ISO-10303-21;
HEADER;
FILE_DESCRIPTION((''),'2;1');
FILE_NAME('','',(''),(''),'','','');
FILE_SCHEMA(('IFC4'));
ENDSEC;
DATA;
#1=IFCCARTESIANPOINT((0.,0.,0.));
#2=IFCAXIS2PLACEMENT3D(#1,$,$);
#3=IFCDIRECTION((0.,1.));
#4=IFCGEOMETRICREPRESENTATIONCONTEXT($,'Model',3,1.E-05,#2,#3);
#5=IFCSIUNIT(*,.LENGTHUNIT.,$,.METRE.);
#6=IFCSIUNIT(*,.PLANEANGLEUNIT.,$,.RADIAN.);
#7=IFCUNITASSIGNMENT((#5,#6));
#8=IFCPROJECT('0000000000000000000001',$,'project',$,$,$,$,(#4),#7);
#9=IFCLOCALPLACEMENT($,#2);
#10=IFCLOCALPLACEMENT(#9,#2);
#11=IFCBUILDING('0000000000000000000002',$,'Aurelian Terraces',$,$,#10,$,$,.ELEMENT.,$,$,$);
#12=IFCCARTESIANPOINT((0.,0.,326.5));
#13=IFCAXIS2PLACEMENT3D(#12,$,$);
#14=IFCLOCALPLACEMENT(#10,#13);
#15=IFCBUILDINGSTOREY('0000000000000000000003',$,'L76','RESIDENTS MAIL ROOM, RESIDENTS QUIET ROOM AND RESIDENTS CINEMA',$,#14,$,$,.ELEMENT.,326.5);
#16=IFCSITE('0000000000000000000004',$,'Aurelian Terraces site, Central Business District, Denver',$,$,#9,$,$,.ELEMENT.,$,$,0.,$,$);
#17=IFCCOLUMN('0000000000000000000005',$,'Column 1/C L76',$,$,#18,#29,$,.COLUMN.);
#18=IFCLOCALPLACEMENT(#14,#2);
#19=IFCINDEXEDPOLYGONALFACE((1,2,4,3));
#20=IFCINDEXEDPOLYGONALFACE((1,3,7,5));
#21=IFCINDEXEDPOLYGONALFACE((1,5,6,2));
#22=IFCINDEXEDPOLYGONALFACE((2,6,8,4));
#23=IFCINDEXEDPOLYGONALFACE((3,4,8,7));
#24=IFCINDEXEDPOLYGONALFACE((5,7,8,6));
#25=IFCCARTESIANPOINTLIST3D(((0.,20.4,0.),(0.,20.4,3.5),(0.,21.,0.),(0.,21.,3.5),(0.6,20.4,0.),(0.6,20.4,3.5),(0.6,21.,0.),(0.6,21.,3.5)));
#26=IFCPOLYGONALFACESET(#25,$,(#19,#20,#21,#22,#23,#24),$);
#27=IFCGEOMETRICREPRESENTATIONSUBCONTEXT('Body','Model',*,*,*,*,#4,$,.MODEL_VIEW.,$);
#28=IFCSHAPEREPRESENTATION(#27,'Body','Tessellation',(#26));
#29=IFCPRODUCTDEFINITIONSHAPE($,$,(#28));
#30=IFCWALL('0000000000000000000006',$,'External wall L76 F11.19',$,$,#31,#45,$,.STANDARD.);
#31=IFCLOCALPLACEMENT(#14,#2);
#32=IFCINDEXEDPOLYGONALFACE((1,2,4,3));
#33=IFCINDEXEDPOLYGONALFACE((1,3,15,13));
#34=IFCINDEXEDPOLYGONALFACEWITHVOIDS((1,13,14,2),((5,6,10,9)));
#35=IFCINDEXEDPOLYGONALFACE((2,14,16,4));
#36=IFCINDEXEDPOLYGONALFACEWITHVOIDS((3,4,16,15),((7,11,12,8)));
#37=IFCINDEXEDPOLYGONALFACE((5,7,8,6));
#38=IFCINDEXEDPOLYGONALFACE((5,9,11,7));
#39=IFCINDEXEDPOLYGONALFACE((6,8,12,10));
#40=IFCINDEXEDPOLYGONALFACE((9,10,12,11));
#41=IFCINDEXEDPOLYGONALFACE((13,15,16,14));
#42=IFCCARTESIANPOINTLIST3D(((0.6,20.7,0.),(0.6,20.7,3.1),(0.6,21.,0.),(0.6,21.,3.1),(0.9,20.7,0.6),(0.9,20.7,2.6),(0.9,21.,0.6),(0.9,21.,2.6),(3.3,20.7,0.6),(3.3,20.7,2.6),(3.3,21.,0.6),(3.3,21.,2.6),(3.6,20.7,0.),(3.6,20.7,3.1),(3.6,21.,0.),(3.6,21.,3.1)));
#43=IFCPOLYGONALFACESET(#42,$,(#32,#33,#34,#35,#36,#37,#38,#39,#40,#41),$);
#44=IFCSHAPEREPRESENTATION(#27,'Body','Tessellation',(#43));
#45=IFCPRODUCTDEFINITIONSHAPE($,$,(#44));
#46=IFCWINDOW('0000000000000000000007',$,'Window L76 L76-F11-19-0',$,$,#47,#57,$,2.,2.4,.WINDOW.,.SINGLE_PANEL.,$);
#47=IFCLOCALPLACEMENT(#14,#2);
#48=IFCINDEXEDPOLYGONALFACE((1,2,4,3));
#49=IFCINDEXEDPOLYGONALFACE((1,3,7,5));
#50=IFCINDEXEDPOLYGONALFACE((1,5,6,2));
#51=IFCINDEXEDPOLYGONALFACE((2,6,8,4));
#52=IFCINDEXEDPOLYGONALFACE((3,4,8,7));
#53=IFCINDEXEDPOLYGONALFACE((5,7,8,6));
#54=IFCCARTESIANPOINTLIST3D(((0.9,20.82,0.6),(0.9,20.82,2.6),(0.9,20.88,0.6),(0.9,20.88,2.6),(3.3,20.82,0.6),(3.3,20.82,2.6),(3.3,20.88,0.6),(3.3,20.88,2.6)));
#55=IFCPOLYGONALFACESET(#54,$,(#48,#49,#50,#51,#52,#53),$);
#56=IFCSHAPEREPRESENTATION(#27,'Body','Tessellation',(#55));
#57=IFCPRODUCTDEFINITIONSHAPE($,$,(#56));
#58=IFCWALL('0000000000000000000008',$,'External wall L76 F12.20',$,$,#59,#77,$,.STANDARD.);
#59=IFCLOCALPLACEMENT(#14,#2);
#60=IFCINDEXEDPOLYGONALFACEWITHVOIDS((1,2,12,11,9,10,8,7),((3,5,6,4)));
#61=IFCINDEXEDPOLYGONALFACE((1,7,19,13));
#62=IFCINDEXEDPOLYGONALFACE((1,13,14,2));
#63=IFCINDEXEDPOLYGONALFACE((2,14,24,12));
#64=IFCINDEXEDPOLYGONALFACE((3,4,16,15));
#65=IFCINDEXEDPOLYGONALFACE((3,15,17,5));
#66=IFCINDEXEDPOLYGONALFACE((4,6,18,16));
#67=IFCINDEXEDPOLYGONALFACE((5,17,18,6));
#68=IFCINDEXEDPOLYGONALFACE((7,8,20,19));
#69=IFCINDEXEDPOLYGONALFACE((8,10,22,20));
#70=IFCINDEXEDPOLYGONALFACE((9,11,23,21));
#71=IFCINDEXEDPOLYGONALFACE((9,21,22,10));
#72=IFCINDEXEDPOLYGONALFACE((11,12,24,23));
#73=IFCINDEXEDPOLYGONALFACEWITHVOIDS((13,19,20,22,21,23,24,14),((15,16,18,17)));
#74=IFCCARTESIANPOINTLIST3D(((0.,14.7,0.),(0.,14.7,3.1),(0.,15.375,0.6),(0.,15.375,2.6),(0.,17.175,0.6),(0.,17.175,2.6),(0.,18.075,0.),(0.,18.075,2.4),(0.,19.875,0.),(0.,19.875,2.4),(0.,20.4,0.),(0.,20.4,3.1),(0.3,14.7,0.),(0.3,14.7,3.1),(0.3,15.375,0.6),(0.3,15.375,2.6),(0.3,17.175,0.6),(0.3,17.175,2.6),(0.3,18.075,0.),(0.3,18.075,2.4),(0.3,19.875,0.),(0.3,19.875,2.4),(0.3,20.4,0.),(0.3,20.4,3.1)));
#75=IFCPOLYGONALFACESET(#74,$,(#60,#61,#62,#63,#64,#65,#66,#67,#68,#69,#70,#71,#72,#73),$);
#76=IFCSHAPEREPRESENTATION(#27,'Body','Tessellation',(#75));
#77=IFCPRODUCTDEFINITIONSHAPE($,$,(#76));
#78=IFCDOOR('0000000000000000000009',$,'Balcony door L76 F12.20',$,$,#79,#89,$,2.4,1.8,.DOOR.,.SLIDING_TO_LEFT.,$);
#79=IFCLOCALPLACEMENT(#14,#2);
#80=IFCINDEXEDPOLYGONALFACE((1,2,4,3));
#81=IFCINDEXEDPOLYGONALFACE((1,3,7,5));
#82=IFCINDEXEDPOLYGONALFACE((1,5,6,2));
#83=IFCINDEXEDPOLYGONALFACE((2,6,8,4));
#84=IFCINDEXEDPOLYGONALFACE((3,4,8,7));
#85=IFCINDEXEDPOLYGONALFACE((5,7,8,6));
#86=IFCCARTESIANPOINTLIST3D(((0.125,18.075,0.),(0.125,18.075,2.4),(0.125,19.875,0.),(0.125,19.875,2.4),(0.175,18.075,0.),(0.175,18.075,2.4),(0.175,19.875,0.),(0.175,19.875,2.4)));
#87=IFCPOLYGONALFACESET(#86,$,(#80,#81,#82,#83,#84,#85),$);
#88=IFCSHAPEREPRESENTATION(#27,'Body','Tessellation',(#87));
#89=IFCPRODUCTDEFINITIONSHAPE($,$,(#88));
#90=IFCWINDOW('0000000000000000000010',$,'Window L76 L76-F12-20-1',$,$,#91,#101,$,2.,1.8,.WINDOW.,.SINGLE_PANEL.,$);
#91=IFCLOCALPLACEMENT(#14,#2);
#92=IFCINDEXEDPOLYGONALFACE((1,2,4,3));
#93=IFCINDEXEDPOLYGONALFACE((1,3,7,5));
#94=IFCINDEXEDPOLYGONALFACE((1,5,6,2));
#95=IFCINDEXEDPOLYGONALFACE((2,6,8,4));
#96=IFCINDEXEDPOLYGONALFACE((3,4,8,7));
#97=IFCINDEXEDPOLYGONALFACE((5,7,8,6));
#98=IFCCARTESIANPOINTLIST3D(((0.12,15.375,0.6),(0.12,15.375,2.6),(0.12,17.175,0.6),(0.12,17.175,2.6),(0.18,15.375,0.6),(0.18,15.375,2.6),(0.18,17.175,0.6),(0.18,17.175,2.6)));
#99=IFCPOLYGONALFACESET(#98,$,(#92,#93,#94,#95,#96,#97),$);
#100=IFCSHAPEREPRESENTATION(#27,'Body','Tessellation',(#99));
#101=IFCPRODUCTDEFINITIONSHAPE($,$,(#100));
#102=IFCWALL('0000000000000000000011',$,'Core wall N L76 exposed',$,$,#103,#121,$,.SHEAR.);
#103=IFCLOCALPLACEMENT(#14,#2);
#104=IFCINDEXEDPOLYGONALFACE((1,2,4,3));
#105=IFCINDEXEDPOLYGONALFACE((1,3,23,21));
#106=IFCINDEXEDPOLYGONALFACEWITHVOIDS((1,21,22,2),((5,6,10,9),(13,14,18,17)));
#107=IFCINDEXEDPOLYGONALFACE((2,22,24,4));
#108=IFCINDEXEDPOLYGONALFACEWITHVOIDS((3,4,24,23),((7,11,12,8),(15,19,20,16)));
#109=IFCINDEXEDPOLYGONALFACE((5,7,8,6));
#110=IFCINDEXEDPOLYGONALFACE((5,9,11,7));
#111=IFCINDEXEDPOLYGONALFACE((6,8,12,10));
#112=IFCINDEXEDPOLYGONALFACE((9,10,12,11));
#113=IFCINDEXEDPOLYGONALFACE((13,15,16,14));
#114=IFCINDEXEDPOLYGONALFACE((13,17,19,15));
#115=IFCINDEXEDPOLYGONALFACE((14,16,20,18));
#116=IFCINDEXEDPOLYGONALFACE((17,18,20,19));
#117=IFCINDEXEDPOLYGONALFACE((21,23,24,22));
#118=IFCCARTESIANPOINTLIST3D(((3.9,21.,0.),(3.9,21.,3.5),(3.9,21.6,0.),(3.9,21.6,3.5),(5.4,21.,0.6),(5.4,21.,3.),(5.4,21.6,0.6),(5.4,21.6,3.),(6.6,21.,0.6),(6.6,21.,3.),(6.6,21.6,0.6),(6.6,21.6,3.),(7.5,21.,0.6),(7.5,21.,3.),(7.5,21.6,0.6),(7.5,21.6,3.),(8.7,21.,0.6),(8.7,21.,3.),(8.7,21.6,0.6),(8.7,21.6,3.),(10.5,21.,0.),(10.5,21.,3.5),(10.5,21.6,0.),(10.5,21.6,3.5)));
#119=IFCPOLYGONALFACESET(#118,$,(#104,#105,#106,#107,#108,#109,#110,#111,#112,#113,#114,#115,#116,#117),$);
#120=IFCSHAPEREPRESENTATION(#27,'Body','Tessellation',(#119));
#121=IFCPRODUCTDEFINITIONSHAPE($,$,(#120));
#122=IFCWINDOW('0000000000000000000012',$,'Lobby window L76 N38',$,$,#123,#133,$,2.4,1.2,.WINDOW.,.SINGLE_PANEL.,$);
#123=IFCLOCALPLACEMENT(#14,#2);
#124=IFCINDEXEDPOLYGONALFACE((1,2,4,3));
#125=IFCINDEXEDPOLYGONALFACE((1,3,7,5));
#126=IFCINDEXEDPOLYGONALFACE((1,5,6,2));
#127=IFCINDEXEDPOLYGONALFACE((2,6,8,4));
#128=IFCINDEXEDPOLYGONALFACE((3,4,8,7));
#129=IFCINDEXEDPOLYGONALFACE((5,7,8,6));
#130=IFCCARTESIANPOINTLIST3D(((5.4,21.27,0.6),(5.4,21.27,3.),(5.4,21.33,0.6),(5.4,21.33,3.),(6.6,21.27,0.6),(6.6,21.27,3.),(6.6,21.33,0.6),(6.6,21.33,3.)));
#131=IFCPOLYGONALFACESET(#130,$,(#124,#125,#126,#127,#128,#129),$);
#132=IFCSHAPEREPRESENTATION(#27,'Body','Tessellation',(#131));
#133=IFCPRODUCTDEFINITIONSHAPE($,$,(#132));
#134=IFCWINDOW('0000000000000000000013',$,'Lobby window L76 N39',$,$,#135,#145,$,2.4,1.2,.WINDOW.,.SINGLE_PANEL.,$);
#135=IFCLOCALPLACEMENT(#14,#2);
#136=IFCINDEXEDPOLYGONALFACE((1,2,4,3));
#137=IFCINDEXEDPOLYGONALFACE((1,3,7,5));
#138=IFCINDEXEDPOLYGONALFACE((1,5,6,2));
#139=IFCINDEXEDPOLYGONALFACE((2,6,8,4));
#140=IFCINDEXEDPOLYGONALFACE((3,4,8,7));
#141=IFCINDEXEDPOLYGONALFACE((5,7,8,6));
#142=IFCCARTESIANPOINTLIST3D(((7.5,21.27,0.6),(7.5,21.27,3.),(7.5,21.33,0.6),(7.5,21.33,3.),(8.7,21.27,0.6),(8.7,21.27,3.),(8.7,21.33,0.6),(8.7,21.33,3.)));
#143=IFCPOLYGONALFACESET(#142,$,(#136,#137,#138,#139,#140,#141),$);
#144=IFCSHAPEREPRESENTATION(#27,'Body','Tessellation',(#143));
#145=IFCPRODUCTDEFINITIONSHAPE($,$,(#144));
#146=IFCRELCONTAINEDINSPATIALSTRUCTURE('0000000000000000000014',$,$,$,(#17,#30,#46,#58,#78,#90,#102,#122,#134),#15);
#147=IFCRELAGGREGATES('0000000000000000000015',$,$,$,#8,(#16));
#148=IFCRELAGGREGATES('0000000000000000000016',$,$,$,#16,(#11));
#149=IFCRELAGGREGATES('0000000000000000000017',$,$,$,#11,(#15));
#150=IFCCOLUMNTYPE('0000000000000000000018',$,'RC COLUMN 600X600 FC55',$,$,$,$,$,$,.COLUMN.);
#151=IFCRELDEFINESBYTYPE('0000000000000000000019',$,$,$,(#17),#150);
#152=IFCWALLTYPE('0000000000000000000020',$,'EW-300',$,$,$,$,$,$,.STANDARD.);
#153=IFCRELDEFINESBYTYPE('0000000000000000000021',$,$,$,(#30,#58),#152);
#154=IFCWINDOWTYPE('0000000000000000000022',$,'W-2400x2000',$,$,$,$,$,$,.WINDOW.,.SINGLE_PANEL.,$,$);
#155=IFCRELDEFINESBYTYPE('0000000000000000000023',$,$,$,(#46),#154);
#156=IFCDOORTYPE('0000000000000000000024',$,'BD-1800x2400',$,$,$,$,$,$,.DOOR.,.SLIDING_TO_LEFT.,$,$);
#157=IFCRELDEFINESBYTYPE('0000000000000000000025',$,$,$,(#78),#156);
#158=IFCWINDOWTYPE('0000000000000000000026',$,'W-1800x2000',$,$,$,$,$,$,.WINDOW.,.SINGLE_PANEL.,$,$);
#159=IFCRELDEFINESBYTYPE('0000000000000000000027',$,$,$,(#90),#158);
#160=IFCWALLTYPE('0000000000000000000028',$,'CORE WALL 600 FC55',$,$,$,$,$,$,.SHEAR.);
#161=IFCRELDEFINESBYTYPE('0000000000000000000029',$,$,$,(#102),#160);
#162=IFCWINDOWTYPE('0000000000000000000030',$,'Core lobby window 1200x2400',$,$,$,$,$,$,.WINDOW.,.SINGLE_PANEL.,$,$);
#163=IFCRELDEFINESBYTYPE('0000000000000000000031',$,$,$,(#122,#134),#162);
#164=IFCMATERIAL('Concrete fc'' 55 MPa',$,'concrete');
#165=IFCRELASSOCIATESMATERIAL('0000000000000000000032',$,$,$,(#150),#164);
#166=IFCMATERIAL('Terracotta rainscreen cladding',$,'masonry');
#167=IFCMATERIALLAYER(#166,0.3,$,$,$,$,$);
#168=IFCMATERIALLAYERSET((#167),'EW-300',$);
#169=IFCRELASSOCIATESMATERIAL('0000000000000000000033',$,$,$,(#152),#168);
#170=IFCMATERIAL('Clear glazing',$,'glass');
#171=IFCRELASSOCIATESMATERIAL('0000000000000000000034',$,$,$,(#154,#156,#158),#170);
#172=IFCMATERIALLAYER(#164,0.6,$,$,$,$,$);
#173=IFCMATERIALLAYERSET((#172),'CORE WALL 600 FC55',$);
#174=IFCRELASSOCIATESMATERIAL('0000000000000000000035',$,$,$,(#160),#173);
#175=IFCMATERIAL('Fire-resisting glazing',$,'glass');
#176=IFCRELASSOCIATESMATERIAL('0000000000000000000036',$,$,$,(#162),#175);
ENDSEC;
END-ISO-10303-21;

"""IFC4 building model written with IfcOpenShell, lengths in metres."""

from ifc_helpers import new_model, si_unit, direction, frame, frame_2d, origin, origin_2d, place, context, subcontext, project, spatial, rectangle, extrude, source, transform, mapped, material, layer, layer_set, material_profile, profile_set, type_object, element, fill, save


model = new_model("IFC4")

# Units and contexts
model_context = context("Model", 3, precision=1e-05, world=origin(), true_north=direction((0.0, 1.0)))
body_context = subcontext(model_context, "Body", "Model", "MODEL_VIEW")
ifc_project = project(units=[si_unit("LENGTHUNIT", "METRE"), si_unit("PLANEANGLEUNIT", "RADIAN")], contexts=[model_context])

# Site, building, storey
site_placement = place(None, origin())
site = spatial("IfcSite", under=ifc_project, at=site_placement, Name="Aurelian Terraces site, Central Business District, Denver", CompositionType="ELEMENT", RefElevation=0.0)
building_placement = place(site_placement, origin())
building = spatial("IfcBuilding", under=site, at=building_placement, Name="Aurelian Terraces", CompositionType="ELEMENT")
storey_placement = place(building_placement, frame((0.0, 0.0, 326.5)))
storey = spatial("IfcBuildingStorey", under=building, at=storey_placement, Name="L76", Description="RESIDENTS MAIL ROOM, RESIDENTS QUIET ROOM AND RESIDENTS CINEMA", CompositionType="ELEMENT", Elevation=326.5)

# Column
ifc_material_1 = material(Name="Concrete fc' 55 MPa", Category="concrete")
ifc_material_profile = material_profile(ifc_material_1, rectangle(XDim=0.6, YDim=0.6, at=origin_2d()))
ifc_profile_set = profile_set([ifc_material_profile], Name="Concrete fc' 55 MPa")
column_type = type_object("IfcColumnType", Name="RC COLUMN 600X600 FC55", PredefinedType="COLUMN", material=ifc_profile_set)
shared_shape_1 = source(origin(), body_context, "Body", "SweptSolid", [
    extrude(rectangle(XDim=0.6, YDim=0.6, at=origin_2d()), origin(), (0.0, 0.0, 1.0), 3.5),
])
column_placement = place(storey_placement, frame((0.3, 20.7, 0.0), z_axis=(0.0, 0.0, 1.0), x_axis=(1.0, 0.0, 0.0)))
element("IfcColumn", 1, at=column_placement, inside=storey, type_object=column_type, Name="Column 1/C L76", PredefinedType="COLUMN", context=body_context, shape_type="MappedRepresentation", body=[
    mapped(shared_shape_1, transform((0.0, 0.0, 0.0), scale=1.0)),
])

# Wall, opening, window
ifc_material_2 = material(Name="Terracotta rainscreen cladding", Category="masonry")
ifc_layer_1 = layer(ifc_material_2, 0.3)
ifc_layer_set_1 = layer_set([ifc_layer_1], Name="EW-300")
wall_type_1 = type_object("IfcWallType", Name="EW-300", PredefinedType="STANDARD", material=ifc_layer_set_1)
wall_1_placement = place(storey_placement, frame((3.6, 20.85, 0.0), z_axis=(0.0, 0.0, 1.0), x_axis=(-1.0, 0.0, 0.0)))
wall_1 = element("IfcWall", 2, at=wall_1_placement, inside=storey, type_object=wall_type_1, Name="External wall L76 F11.19", PredefinedType="STANDARD", context=body_context, shape_type="SweptSolid", body=[
    extrude(rectangle(XDim=3.0, YDim=0.3, at=frame_2d((1.5, 0.0))), origin(), (0.0, 0.0, 1.0), 3.1),
])
shared_shape_2 = source(origin(), body_context, "Body", "SweptSolid", [
    extrude(rectangle(XDim=2.4, YDim=2.0, at=frame_2d((1.2, 1.0))), frame((0.0, 0.16, 0.0), z_axis=(0.0, -1.0, 0.0), x_axis=(1.0, 0.0, 0.0)), (0.0, 0.0, 1.0), 0.32),
])
opening_1_placement = place(wall_1_placement, frame((0.3, 0.0, 0.6)))
opening_1 = element("IfcOpeningElement", 3, at=opening_1_placement, cuts=wall_1, PredefinedType="OPENING", context=body_context, shape_type="MappedRepresentation", body=[
    mapped(shared_shape_2, transform((0.0, 0.0, 0.0), scale=1.0)),
])
ifc_material_3 = material(Name="Clear glazing", Category="glass")
window_type_1 = type_object("IfcWindowType", Name="W-2400x2000", PartitioningType="SINGLE_PANEL", PredefinedType="WINDOW", material=ifc_material_3)
shared_shape_3 = source(origin(), body_context, "Body", "SweptSolid", [
    extrude(rectangle(XDim=2.4, YDim=2.0, at=frame_2d((1.2, 1.0))), frame((0.0, 0.03, 0.0), z_axis=(0.0, -1.0, 0.0), x_axis=(1.0, 0.0, 0.0)), (0.0, 0.0, 1.0), 0.06),
])
window_1_placement = place(opening_1_placement, origin())
window_1 = element("IfcWindow", 4, at=window_1_placement, inside=storey, type_object=window_type_1, Name="Window L76 L76-F11-19-0", OverallHeight=2.0, OverallWidth=2.4, PartitioningType="SINGLE_PANEL", PredefinedType="WINDOW", context=body_context, shape_type="MappedRepresentation", body=[
    mapped(shared_shape_3, transform((0.0, 0.0, 0.0), scale=1.0)),
])
fill(opening_1, window_1)

# Wall, openings, door, window
wall_2_placement = place(storey_placement, frame((0.15, 20.4, 0.0), z_axis=(0.0, 0.0, 1.0), x_axis=(0.0, -1.0, 0.0)))
wall_2 = element("IfcWall", 5, at=wall_2_placement, inside=storey, type_object=wall_type_1, Name="External wall L76 F12.20", PredefinedType="STANDARD", context=body_context, shape_type="SweptSolid", body=[
    extrude(rectangle(XDim=5.7, YDim=0.3, at=frame_2d((2.85, 0.0))), origin(), (0.0, 0.0, 1.0), 3.1),
])
shared_shape_4 = source(origin(), body_context, "Body", "SweptSolid", [
    extrude(rectangle(XDim=1.8, YDim=2.4, at=frame_2d((0.9, 1.2))), frame((0.0, 0.16, 0.0), z_axis=(0.0, -1.0, 0.0), x_axis=(1.0, 0.0, 0.0)), (0.0, 0.0, 1.0), 0.32),
])
opening_2_placement = place(wall_2_placement, frame((0.525, 0.0, 0.0)))
opening_2 = element("IfcOpeningElement", 6, at=opening_2_placement, cuts=wall_2, PredefinedType="OPENING", context=body_context, shape_type="MappedRepresentation", body=[
    mapped(shared_shape_4, transform((0.0, 0.0, 0.0), scale=1.0)),
])
shared_shape_5 = source(origin(), body_context, "Body", "SweptSolid", [
    extrude(rectangle(XDim=1.8, YDim=2.0, at=frame_2d((0.9, 1.0))), frame((0.0, 0.16, 0.0), z_axis=(0.0, -1.0, 0.0), x_axis=(1.0, 0.0, 0.0)), (0.0, 0.0, 1.0), 0.32),
])
opening_3_placement = place(wall_2_placement, frame((3.225, 0.0, 0.6)))
opening_3 = element("IfcOpeningElement", 7, at=opening_3_placement, cuts=wall_2, PredefinedType="OPENING", context=body_context, shape_type="MappedRepresentation", body=[
    mapped(shared_shape_5, transform((0.0, 0.0, 0.0), scale=1.0)),
])
door_type = type_object("IfcDoorType", Name="BD-1800x2400", OperationType="SLIDING_TO_LEFT", PredefinedType="DOOR", material=ifc_material_3)
shared_shape_6 = source(origin(), body_context, "Body", "SweptSolid", [
    extrude(rectangle(XDim=1.8, YDim=2.4, at=frame_2d((0.9, 1.2))), frame((0.0, 0.025, 0.0), z_axis=(0.0, -1.0, 0.0), x_axis=(1.0, 0.0, 0.0)), (0.0, 0.0, 1.0), 0.05),
])
door_placement = place(opening_2_placement, origin())
door = element("IfcDoor", 8, at=door_placement, inside=storey, type_object=door_type, Name="Balcony door L76 F12.20", OperationType="SLIDING_TO_LEFT", OverallHeight=2.4, OverallWidth=1.8, PredefinedType="DOOR", context=body_context, shape_type="MappedRepresentation", body=[
    mapped(shared_shape_6, transform((0.0, 0.0, 0.0), scale=1.0)),
])
fill(opening_2, door)
window_type_2 = type_object("IfcWindowType", Name="W-1800x2000", PartitioningType="SINGLE_PANEL", PredefinedType="WINDOW", material=ifc_material_3)
shared_shape_7 = source(origin(), body_context, "Body", "SweptSolid", [
    extrude(rectangle(XDim=1.8, YDim=2.0, at=frame_2d((0.9, 1.0))), frame((0.0, 0.03, 0.0), z_axis=(0.0, -1.0, 0.0), x_axis=(1.0, 0.0, 0.0)), (0.0, 0.0, 1.0), 0.06),
])
window_2_placement = place(opening_3_placement, origin())
window_2 = element("IfcWindow", 9, at=window_2_placement, inside=storey, type_object=window_type_2, Name="Window L76 L76-F12-20-1", OverallHeight=2.0, OverallWidth=1.8, PartitioningType="SINGLE_PANEL", PredefinedType="WINDOW", context=body_context, shape_type="MappedRepresentation", body=[
    mapped(shared_shape_7, transform((0.0, 0.0, 0.0), scale=1.0)),
])
fill(opening_3, window_2)

# Wall, openings, windows
ifc_layer_2 = layer(ifc_material_1, 0.6)
ifc_layer_set_2 = layer_set([ifc_layer_2], Name="CORE WALL 600 FC55")
wall_type_2 = type_object("IfcWallType", Name="CORE WALL 600 FC55", PredefinedType="SHEAR", material=ifc_layer_set_2)
shared_shape_8 = source(origin(), body_context, "Body", "SweptSolid", [
    extrude(rectangle(XDim=6.6, YDim=0.6, at=frame_2d((3.3, 0.0))), origin(), (0.0, 0.0, 1.0), 3.5),
])
wall_3_placement = place(storey_placement, frame((3.9, 21.3, 0.0), z_axis=(0.0, 0.0, 1.0), x_axis=(1.0, 0.0, 0.0)))
wall_3 = element("IfcWall", 10, at=wall_3_placement, inside=storey, type_object=wall_type_2, Name="Core wall N L76 exposed", PredefinedType="SHEAR", context=body_context, shape_type="MappedRepresentation", body=[
    mapped(shared_shape_8, transform((0.0, 0.0, 0.0), scale=1.0)),
])
shared_shape_9 = source(origin(), body_context, "Body", "SweptSolid", [
    extrude(rectangle(XDim=1.2, YDim=2.4, at=frame_2d((0.6, 1.2))), frame((0.0, 0.31, 0.0), z_axis=(0.0, -1.0, 0.0), x_axis=(1.0, 0.0, 0.0)), (0.0, 0.0, 1.0), 0.62),
])
opening_4_placement = place(wall_3_placement, frame((1.5, 0.0, 0.6)))
opening_4 = element("IfcOpeningElement", 11, at=opening_4_placement, cuts=wall_3, PredefinedType="OPENING", context=body_context, shape_type="MappedRepresentation", body=[
    mapped(shared_shape_9, transform((0.0, 0.0, 0.0), scale=1.0)),
])
opening_5_placement = place(wall_3_placement, frame((3.6, 0.0, 0.6)))
opening_5 = element("IfcOpeningElement", 12, at=opening_5_placement, cuts=wall_3, PredefinedType="OPENING", context=body_context, shape_type="MappedRepresentation", body=[
    mapped(shared_shape_9, transform((0.0, 0.0, 0.0), scale=1.0)),
])
ifc_material_4 = material(Name="Fire-resisting glazing", Category="glass")
window_type_3 = type_object("IfcWindowType", Name="Core lobby window 1200x2400", PartitioningType="SINGLE_PANEL", PredefinedType="WINDOW", material=ifc_material_4)
shared_shape_10 = source(origin(), body_context, "Body", "SweptSolid", [
    extrude(rectangle(XDim=1.2, YDim=2.4, at=frame_2d((0.6, 1.2))), frame((0.0, 0.03, 0.0), z_axis=(0.0, -1.0, 0.0), x_axis=(1.0, 0.0, 0.0)), (0.0, 0.0, 1.0), 0.06),
])
window_3_placement = place(opening_4_placement, origin())
window_3 = element("IfcWindow", 13, at=window_3_placement, inside=storey, type_object=window_type_3, Name="Lobby window L76 N38", OverallHeight=2.4, OverallWidth=1.2, PartitioningType="SINGLE_PANEL", PredefinedType="WINDOW", context=body_context, shape_type="MappedRepresentation", body=[
    mapped(shared_shape_10, transform((0.0, 0.0, 0.0), scale=1.0)),
])
fill(opening_4, window_3)
window_4_placement = place(opening_5_placement, origin())
window_4 = element("IfcWindow", 14, at=window_4_placement, inside=storey, type_object=window_type_3, Name="Lobby window L76 N39", OverallHeight=2.4, OverallWidth=1.2, PartitioningType="SINGLE_PANEL", PredefinedType="WINDOW", context=body_context, shape_type="MappedRepresentation", body=[
    mapped(shared_shape_10, transform((0.0, 0.0, 0.0), scale=1.0)),
])
fill(opening_5, window_4)

save(model, "model.ifc")
